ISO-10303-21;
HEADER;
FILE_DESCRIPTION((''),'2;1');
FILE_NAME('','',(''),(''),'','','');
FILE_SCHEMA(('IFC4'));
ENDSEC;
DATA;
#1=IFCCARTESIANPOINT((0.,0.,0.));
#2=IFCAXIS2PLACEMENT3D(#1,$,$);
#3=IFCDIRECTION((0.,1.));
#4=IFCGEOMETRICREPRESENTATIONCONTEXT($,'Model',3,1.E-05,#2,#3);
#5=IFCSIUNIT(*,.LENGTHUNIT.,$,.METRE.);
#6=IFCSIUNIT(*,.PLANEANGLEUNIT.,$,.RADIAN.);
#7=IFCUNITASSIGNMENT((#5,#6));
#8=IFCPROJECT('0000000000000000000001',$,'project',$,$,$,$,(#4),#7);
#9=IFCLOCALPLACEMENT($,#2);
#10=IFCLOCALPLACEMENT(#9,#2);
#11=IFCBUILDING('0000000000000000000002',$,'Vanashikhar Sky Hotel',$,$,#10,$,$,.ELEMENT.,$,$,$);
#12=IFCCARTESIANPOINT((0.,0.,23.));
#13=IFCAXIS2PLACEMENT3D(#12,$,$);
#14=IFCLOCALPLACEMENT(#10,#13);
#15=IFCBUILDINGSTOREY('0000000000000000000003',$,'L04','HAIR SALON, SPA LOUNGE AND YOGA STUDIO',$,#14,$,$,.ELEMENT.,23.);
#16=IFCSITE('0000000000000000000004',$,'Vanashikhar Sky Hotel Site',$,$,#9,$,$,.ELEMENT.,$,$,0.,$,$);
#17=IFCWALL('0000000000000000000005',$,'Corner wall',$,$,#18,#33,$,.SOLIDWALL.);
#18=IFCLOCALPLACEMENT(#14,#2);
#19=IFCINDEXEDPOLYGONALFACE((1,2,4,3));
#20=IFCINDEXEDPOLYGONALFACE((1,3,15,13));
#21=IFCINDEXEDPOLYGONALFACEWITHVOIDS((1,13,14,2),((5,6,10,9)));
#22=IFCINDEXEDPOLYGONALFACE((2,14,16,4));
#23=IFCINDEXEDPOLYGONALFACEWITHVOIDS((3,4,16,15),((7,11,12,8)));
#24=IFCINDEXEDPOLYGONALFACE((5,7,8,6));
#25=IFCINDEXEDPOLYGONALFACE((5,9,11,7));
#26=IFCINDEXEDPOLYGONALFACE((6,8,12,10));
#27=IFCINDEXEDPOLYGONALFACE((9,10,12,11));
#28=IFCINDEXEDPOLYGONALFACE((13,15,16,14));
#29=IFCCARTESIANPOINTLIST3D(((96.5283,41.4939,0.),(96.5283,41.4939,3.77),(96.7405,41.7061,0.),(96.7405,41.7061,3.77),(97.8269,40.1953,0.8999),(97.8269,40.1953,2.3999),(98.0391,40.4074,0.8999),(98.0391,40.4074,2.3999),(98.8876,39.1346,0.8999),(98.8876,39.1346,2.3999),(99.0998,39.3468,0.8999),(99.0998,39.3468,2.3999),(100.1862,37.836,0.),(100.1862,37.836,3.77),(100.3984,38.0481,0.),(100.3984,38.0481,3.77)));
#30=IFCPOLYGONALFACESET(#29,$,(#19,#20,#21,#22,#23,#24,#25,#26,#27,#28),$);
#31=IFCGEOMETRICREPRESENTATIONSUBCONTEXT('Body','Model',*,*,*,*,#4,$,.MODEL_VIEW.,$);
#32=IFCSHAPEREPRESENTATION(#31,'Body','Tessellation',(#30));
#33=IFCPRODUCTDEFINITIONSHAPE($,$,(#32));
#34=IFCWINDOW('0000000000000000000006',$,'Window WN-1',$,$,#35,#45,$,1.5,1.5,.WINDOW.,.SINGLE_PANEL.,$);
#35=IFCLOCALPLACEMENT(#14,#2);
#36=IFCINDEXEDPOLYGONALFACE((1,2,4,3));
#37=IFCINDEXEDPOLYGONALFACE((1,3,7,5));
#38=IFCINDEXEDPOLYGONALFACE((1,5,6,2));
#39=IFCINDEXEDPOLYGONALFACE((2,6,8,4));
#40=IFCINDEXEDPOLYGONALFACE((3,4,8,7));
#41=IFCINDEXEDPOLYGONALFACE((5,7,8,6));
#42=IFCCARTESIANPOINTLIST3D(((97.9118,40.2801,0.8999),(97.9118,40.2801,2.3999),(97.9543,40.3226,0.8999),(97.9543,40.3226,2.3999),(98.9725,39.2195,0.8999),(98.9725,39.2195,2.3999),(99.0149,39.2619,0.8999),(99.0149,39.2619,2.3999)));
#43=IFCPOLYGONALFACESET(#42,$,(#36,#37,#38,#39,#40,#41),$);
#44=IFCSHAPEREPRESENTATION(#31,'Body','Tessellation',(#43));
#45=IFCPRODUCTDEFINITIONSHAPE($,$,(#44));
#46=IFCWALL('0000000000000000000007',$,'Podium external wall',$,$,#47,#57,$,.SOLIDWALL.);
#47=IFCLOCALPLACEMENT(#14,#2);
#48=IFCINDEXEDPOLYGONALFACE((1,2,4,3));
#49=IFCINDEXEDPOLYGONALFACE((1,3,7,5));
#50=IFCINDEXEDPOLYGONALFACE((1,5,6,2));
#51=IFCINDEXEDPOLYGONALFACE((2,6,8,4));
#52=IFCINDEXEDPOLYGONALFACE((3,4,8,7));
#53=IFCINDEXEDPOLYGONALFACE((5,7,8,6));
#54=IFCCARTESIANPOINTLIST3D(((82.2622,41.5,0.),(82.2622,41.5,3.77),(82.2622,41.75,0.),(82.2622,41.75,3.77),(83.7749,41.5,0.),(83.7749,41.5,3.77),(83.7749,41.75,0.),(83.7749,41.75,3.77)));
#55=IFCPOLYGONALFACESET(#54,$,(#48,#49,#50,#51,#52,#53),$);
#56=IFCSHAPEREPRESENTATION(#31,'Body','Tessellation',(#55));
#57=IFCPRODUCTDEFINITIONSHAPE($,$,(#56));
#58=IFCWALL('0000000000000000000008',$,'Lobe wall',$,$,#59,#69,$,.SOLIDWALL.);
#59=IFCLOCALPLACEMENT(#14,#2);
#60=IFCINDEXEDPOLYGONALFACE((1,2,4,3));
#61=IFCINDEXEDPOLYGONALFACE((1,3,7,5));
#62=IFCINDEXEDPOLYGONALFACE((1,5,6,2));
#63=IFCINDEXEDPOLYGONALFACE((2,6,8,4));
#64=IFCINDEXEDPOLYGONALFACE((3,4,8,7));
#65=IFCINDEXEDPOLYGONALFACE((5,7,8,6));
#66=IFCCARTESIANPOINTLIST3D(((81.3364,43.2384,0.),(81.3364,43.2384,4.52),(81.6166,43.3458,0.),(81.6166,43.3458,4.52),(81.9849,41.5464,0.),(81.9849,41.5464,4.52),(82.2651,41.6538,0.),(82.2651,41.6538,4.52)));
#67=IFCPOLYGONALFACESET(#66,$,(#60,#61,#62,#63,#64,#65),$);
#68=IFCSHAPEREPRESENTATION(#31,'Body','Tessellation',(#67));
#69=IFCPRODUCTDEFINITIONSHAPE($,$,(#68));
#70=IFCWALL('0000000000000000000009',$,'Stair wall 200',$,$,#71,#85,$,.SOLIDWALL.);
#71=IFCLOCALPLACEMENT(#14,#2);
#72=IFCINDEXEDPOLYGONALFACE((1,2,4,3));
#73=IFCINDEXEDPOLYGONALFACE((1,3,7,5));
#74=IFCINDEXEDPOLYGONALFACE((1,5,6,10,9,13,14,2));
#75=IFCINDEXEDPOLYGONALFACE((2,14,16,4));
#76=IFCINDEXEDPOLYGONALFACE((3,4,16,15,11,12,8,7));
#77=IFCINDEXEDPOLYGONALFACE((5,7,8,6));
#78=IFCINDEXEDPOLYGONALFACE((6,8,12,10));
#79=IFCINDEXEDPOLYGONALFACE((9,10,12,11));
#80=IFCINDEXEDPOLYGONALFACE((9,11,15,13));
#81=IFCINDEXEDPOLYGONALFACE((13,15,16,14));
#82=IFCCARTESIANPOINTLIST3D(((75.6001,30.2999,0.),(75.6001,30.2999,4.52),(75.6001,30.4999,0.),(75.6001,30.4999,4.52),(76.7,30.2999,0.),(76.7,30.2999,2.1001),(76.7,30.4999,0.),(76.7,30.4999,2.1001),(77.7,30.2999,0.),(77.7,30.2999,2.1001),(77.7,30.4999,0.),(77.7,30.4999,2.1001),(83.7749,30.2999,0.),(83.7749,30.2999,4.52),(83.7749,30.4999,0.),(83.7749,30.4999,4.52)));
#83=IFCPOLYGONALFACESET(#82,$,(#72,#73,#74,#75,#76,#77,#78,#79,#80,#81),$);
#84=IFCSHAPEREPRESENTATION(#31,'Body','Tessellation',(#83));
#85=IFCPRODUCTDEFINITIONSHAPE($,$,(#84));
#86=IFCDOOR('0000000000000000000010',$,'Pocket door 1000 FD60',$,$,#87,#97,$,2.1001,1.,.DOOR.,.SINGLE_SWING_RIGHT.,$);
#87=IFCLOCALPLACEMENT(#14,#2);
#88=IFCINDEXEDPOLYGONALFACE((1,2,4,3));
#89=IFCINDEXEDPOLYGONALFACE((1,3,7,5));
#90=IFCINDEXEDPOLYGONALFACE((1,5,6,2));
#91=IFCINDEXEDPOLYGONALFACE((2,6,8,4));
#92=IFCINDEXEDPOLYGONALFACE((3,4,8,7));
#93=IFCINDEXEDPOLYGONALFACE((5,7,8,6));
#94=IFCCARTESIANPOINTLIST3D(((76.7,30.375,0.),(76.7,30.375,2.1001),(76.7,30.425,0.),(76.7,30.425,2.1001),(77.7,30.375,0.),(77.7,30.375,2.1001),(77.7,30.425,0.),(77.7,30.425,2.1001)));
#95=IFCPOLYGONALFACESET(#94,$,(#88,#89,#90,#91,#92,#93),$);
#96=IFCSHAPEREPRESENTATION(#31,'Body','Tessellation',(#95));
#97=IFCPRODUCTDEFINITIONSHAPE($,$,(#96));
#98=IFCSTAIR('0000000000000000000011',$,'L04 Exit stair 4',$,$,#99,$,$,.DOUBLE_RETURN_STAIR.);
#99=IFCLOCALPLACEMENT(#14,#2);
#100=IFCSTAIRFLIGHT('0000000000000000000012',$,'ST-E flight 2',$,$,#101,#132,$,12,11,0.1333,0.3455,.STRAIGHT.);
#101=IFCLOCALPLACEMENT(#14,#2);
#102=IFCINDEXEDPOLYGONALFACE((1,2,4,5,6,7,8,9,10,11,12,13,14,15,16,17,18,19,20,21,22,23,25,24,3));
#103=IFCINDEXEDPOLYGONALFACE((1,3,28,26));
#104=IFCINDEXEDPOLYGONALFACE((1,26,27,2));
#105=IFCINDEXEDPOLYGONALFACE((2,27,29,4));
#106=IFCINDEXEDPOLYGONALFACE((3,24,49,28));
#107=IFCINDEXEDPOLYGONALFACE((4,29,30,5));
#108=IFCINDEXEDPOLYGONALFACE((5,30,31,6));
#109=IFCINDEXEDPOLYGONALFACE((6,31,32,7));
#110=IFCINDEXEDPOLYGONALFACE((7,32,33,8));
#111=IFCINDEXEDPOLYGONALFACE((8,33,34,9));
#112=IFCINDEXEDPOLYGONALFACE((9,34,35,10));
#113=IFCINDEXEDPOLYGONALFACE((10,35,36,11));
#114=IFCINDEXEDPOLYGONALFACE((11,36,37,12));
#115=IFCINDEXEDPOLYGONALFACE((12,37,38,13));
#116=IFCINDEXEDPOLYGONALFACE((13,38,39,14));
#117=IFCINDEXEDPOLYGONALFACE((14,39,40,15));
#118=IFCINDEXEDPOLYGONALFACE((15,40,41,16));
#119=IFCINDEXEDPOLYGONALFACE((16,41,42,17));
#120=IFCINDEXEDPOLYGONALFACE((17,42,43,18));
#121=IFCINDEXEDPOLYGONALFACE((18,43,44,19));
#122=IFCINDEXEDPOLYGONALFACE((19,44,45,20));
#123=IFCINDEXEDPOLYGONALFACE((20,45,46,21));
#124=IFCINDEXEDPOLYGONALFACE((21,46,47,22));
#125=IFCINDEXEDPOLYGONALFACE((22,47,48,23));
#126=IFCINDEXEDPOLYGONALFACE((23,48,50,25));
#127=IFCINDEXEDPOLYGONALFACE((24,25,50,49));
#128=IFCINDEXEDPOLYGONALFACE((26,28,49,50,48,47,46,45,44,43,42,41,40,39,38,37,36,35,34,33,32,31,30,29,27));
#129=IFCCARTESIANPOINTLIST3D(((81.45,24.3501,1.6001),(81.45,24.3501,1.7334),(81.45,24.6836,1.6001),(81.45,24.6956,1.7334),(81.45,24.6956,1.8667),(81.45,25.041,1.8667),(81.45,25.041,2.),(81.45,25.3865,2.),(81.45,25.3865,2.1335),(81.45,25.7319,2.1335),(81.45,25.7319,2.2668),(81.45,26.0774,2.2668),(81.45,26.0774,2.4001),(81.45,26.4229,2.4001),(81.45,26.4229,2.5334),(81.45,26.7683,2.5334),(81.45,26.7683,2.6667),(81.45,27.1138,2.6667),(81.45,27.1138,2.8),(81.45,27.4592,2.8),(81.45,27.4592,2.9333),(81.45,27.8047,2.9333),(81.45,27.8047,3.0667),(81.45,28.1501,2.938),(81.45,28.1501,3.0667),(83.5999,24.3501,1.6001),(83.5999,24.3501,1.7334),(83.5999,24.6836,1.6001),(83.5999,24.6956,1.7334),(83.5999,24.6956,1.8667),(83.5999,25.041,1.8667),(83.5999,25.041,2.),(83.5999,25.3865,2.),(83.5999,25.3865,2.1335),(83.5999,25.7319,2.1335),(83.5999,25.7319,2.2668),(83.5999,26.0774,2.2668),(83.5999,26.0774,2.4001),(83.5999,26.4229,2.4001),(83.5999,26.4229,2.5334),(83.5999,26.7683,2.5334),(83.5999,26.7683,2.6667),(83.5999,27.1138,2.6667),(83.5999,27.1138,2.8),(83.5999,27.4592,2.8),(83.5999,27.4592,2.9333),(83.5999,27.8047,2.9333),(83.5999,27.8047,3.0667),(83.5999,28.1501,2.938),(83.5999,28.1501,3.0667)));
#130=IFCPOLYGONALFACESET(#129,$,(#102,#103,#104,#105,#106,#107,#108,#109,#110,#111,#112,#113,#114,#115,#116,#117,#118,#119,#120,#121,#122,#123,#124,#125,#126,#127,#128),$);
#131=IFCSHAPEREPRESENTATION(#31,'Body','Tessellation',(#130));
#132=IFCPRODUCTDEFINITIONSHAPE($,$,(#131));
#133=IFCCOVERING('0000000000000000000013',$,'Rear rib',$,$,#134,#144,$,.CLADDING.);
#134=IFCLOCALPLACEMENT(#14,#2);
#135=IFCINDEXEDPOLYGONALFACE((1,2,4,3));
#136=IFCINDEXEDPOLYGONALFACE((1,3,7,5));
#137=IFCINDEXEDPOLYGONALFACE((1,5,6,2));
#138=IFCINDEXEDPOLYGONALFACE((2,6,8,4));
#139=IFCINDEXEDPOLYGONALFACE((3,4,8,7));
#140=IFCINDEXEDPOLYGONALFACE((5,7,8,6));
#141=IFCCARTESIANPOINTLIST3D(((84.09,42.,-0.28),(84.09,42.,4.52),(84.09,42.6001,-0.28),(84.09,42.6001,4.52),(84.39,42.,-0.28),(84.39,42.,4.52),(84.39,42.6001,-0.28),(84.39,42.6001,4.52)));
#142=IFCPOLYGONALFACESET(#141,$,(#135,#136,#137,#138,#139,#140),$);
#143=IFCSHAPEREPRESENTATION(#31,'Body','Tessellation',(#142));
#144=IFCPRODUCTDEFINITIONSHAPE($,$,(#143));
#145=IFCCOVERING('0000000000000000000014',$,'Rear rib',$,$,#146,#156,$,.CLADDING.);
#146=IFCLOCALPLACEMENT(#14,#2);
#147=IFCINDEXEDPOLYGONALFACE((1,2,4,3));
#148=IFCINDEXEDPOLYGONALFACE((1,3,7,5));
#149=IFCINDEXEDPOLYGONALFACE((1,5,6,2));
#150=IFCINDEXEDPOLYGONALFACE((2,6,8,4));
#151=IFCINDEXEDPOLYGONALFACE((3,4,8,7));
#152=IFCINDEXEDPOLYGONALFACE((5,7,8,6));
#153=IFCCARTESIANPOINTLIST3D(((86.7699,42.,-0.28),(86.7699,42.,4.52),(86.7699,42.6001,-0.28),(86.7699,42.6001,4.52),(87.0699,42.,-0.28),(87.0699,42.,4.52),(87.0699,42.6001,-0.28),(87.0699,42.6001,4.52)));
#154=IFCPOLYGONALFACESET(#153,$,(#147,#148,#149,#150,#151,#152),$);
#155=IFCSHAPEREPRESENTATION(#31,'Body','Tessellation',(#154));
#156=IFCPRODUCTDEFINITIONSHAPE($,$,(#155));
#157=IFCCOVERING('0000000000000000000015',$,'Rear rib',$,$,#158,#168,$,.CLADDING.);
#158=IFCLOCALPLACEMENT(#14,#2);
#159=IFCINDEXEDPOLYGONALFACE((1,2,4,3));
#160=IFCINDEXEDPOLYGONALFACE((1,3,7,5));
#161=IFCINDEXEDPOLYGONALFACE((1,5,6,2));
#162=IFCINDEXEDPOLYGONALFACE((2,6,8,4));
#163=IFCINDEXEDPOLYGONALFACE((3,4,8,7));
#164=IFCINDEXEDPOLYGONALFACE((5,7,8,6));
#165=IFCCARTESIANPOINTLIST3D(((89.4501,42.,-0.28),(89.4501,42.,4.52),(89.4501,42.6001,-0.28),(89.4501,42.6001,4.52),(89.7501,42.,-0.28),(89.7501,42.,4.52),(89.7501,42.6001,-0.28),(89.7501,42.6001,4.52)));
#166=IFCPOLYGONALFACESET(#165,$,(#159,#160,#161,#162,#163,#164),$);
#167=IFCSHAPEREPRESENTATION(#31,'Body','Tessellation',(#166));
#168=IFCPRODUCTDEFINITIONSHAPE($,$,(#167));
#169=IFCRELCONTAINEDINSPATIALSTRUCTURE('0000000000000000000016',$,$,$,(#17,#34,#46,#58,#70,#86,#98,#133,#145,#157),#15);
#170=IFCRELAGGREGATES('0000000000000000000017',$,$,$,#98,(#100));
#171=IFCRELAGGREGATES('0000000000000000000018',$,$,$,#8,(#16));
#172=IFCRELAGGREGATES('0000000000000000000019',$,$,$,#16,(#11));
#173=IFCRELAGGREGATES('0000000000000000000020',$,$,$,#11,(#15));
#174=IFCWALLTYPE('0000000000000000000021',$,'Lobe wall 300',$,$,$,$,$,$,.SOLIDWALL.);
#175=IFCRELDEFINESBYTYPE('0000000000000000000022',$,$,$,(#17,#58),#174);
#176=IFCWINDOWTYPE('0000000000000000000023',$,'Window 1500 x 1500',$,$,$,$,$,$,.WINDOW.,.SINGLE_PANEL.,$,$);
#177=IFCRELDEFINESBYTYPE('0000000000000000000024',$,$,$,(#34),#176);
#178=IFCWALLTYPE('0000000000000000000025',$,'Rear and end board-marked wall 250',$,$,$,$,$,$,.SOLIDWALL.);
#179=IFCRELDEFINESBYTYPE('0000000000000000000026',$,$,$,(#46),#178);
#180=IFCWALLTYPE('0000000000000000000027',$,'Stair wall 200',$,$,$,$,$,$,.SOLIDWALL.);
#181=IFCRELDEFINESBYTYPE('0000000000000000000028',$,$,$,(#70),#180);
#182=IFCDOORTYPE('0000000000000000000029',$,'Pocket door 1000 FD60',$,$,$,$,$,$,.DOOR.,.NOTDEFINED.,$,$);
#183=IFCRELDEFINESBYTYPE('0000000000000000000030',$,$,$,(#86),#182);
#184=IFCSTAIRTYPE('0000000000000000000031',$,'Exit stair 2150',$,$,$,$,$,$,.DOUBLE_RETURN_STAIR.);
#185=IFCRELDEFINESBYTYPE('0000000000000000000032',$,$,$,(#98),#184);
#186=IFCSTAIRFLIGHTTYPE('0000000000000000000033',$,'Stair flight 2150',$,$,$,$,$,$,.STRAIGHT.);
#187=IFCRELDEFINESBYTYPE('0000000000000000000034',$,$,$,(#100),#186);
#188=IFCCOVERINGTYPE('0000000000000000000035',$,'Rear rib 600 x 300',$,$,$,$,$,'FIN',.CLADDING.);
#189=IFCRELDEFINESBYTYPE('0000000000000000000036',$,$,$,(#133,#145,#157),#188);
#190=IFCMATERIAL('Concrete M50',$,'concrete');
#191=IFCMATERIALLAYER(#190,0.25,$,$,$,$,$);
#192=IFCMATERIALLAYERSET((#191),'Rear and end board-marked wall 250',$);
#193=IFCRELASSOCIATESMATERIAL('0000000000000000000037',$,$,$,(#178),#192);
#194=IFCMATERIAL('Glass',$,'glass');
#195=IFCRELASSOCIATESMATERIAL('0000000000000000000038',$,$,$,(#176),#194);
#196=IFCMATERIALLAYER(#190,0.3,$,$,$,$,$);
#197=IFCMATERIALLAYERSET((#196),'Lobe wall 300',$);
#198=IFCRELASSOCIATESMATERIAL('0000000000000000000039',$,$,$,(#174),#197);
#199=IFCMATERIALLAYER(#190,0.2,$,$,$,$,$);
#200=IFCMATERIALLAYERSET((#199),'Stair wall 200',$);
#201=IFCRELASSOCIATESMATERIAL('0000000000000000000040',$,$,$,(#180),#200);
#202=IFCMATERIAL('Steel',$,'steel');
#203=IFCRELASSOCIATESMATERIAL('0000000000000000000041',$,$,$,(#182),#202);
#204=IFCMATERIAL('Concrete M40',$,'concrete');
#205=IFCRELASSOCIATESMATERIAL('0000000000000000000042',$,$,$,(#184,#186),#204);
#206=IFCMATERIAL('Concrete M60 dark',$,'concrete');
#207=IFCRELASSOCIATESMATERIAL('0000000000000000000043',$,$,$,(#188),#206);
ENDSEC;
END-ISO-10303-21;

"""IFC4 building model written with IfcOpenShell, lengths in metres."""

from ifc_helpers import new_model, si_unit, direction, frame, frame_2d, origin, origin_2d, place, context, subcontext, project, spatial, polyline, rectangle, outline, extrude, source, transform, mapped, material, layer, layer_set, material_profile, profile_set, type_object, element, fill, aggregate, save


model = new_model("IFC4")

# Units and contexts
model_context = context("Model", 3, precision=1e-05, world=origin(), true_north=direction((0.0, 1.0)))
body_context = subcontext(model_context, "Body", "Model", "MODEL_VIEW")
ifc_project = project(units=[si_unit("LENGTHUNIT", "METRE"), si_unit("PLANEANGLEUNIT", "RADIAN")], contexts=[model_context])

# Site, building, storey
site_placement = place(None, origin())
site = spatial("IfcSite", under=ifc_project, at=site_placement, Name="Vanashikhar Sky Hotel Site", CompositionType="ELEMENT", RefElevation=0.0)
building_placement = place(site_placement, origin())
building = spatial("IfcBuilding", under=site, at=building_placement, Name="Vanashikhar Sky Hotel", CompositionType="ELEMENT")
storey_placement = place(building_placement, frame((0.0, 0.0, 23.0)))
storey = spatial("IfcBuildingStorey", under=building, at=storey_placement, Name="L04", Description="HAIR SALON, SPA LOUNGE AND YOGA STUDIO", CompositionType="ELEMENT", Elevation=23.0)

# Shared definitions
ifc_material_1 = material(Name="Concrete M50", Category="concrete")

# Wall, opening, window
ifc_layer_1 = layer(ifc_material_1, 0.25)
ifc_layer_set_1 = layer_set([ifc_layer_1], Name="Rear and end board-marked wall 250")
wall_type_1 = type_object("IfcWallType", Name="Rear and end board-marked wall 250", PredefinedType="SOLIDWALL", material=ifc_layer_set_1)
ifc_material_2 = material(Name="Glass", Category="glass")
window_type = type_object("IfcWindowType", Name="Window 1500 x 1500", PartitioningType="SINGLE_PANEL", PredefinedType="WINDOW", material=ifc_material_2)
shared_shape_1 = source(origin(), body_context, "Body", "SweptSolid", [
    extrude(rectangle(XDim=1.5, YDim=1.5, at=frame_2d((0.75, 0.75))), frame((0.0, 0.03, 0.0), z_axis=(0.0, -1.0, 0.0), x_axis=(1.0, 0.0, 0.0)), (0.0, 0.0, 1.0), 0.0601),
])
ifc_layer_2 = layer(ifc_material_1, 0.3)
ifc_layer_set_2 = layer_set([ifc_layer_2], Name="Lobe wall 300")
wall_type_2 = type_object("IfcWallType", Name="Lobe wall 300", PredefinedType="SOLIDWALL", material=ifc_layer_set_2)
shared_shape_2 = source(origin(), body_context, "Body", "SweptSolid", [
    extrude(rectangle(XDim=5.1731, YDim=0.3, at=frame_2d((2.5864, 0.0))), origin(), (0.0, 0.0, 1.0), 3.77),
])
wall_1_placement = place(storey_placement, frame((100.2922, 37.9421, 0.0), z_axis=(0.0, 0.0, 1.0), x_axis=(-0.707107, 0.707107, 0.0)))
wall_1 = element("IfcWall", 1, at=wall_1_placement, inside=storey, type_object=wall_type_2, Name="Corner wall", PredefinedType="SOLIDWALL", context=body_context, shape_type="MappedRepresentation", body=[
    mapped(shared_shape_2, transform((0.0, 0.0, 0.0), scale=1.0)),
])
shared_shape_3 = source(origin(), body_context, "Body", "SweptSolid", [
    extrude(rectangle(XDim=1.5, YDim=1.5, at=frame_2d((0.75, 0.75))), frame((0.0, 0.1602, 0.0), z_axis=(0.0, -1.0, 0.0), x_axis=(1.0, 0.0, 0.0)), (0.0, 0.0, 1.0), 0.3201),
])
opening_1_placement = place(wall_1_placement, frame((1.8364, 0.0, 0.8999)))
opening_1 = element("IfcOpeningElement", 2, at=opening_1_placement, cuts=wall_1, PredefinedType="OPENING", context=body_context, shape_type="MappedRepresentation", body=[
    mapped(shared_shape_3, transform((0.0, 0.0, 0.0), scale=1.0)),
])
window_1_placement = place(opening_1_placement, origin())
window_1 = element("IfcWindow", 3, at=window_1_placement, inside=storey, type_object=window_type, Name="Window WN-1", OverallHeight=1.5, OverallWidth=1.5, PartitioningType="SINGLE_PANEL", PredefinedType="WINDOW", context=body_context, shape_type="MappedRepresentation", body=[
    mapped(shared_shape_1, transform((0.0, 0.0, 0.0), scale=1.0)),
])
fill(opening_1, window_1)

# Walls
shared_shape_4 = source(origin(), body_context, "Body", "SweptSolid", [
    extrude(rectangle(XDim=1.5127, YDim=0.25, at=frame_2d((0.7563, 0.0))), origin(), (0.0, 0.0, 1.0), 3.77),
])
wall_2_placement = place(storey_placement, frame((83.7749, 41.625, 0.0), z_axis=(0.0, 0.0, 1.0), x_axis=(-1.0, 0.0, 0.0)))
element("IfcWall", 4, at=wall_2_placement, inside=storey, type_object=wall_type_1, Name="Podium external wall", PredefinedType="SOLIDWALL", context=body_context, shape_type="MappedRepresentation", body=[
    mapped(shared_shape_4, transform((0.0, 0.0, 0.0), scale=1.0)),
])
shared_shape_5 = source(origin(), body_context, "Body", "SweptSolid", [
    extrude(rectangle(XDim=1.812, YDim=0.3, at=frame_2d((0.906, 0.0))), origin(), (0.0, 0.0, 1.0), 4.52),
])
wall_3_placement = place(storey_placement, frame((82.125, 41.6001, 0.0), z_axis=(0.0, 0.0, 1.0), x_axis=(-0.357877, 0.933769, 0.0)))
element("IfcWall", 5, at=wall_3_placement, inside=storey, type_object=wall_type_2, Name="Lobe wall", PredefinedType="SOLIDWALL", context=body_context, shape_type="MappedRepresentation", body=[
    mapped(shared_shape_5, transform((0.0, 0.0, 0.0), scale=1.0)),
])

# Wall, opening, door
ifc_layer_3 = layer(ifc_material_1, 0.2)
ifc_layer_set_3 = layer_set([ifc_layer_3], Name="Stair wall 200")
wall_type_3 = type_object("IfcWallType", Name="Stair wall 200", PredefinedType="SOLIDWALL", material=ifc_layer_set_3)
shared_shape_6 = source(origin(), body_context, "Body", "SweptSolid", [
    extrude(rectangle(XDim=8.1748, YDim=0.2, at=frame_2d((4.0874, 0.0))), origin(), (0.0, 0.0, 1.0), 4.52),
])
wall_4_placement = place(storey_placement, frame((83.7749, 30.3999, 0.0), z_axis=(0.0, 0.0, 1.0), x_axis=(-1.0, 0.0, 0.0)))
wall_4 = element("IfcWall", 6, at=wall_4_placement, inside=storey, type_object=wall_type_3, Name="Stair wall 200", PredefinedType="SOLIDWALL", context=body_context, shape_type="MappedRepresentation", body=[
    mapped(shared_shape_6, transform((0.0, 0.0, 0.0), scale=1.0)),
])
shared_shape_7 = source(origin(), body_context, "Body", "SweptSolid", [
    extrude(rectangle(XDim=1.0, YDim=2.1001, at=frame_2d((0.5, 1.05))), frame((0.0, 0.1099, 0.0), z_axis=(0.0, -1.0, 0.0), x_axis=(1.0, 0.0, 0.0)), (0.0, 0.0, 1.0), 0.22),
])
opening_2_placement = place(wall_4_placement, frame((6.075, 0.0, 0.0)))
opening_2 = element("IfcOpeningElement", 7, at=opening_2_placement, cuts=wall_4, PredefinedType="OPENING", context=body_context, shape_type="MappedRepresentation", body=[
    mapped(shared_shape_7, transform((0.0, 0.0, 0.0), scale=1.0)),
])
ifc_material_3 = material(Name="Steel", Category="steel")
door_type = type_object("IfcDoorType", Name="Pocket door 1000 FD60", OperationType="NOTDEFINED", PredefinedType="DOOR", material=ifc_material_3)
shared_shape_8 = source(origin(), body_context, "Body", "SweptSolid", [
    extrude(rectangle(XDim=1.0, YDim=2.1001, at=frame_2d((0.5, 1.05))), frame((0.0, 0.0249, 0.0), z_axis=(0.0, -1.0, 0.0), x_axis=(1.0, 0.0, 0.0)), (0.0, 0.0, 1.0), 0.05),
])
door_placement = place(opening_2_placement, origin())
door = element("IfcDoor", 8, at=door_placement, inside=storey, type_object=door_type, Name="Pocket door 1000 FD60", OperationType="SINGLE_SWING_RIGHT", OverallHeight=2.1001, OverallWidth=1.0, PredefinedType="DOOR", context=body_context, shape_type="MappedRepresentation", body=[
    mapped(shared_shape_8, transform((0.0, 0.0, 0.0), scale=1.0)),
])
fill(opening_2, door)

# Stair, stair flight
ifc_material_4 = material(Name="Concrete M40", Category="concrete")
stair_type = type_object("IfcStairType", Name="Exit stair 2150", PredefinedType="DOUBLE_RETURN_STAIR", material=ifc_material_4)
stair_placement = place(storey_placement, origin())
stair = element("IfcStair", 9, at=stair_placement, inside=storey, type_object=stair_type, Name="L04 Exit stair 4", PredefinedType="DOUBLE_RETURN_STAIR")
stair_flight_type = type_object("IfcStairFlightType", Name="Stair flight 2150", PredefinedType="STRAIGHT", material=ifc_material_4)
shared_shape_9 = source(origin(), body_context, "Body", "SweptSolid", [
    extrude(outline(polyline([(0.0, 0.0), (0.0, 0.1333), (0.3455, 0.1333), (0.3455, 0.2666), (0.6909, 0.2666), (0.6909, 0.3999), (1.0364, 0.3999), (1.0364, 0.5334), (1.3818, 0.5334), (1.3818, 0.6667), (1.7273, 0.6667), (1.7273, 0.8), (2.0728, 0.8), (2.0728, 0.9333), (2.4182, 0.9333), (2.4182, 1.0667), (2.7637, 1.0667), (2.7637, 1.2), (3.1091, 1.2), (3.1091, 1.3333), (3.4546, 1.3333), (3.4546, 1.4666), (3.8, 1.4666), (3.8, 1.6001), (3.8, 1.3379), (0.3335, 0.0), (0.0, 0.0)])), frame((0.0, 1.075, 0.0), z_axis=(0.0, -1.0, 0.0), x_axis=(1.0, 0.0, 0.0)), (0.0, 0.0, 1.0), 2.1499),
])
stair_flight_placement = place(storey_placement, frame((82.5249, 24.3501, 1.6001), z_axis=(0.0, 0.0, 1.0), x_axis=(0.0, 1.0, 0.0)))
stair_flight = element("IfcStairFlight", 10, at=stair_flight_placement, type_object=stair_flight_type, Name="ST-E flight 2", NumberOfRisers=12, NumberOfTreads=11, PredefinedType="STRAIGHT", RiserHeight=0.1333, TreadLength=0.3455, context=body_context, shape_type="MappedRepresentation", body=[
    mapped(shared_shape_9, transform((0.0, 0.0, 0.0), scale=1.0)),
])
aggregate(stair, [stair_flight])

# Coverings
ifc_material_5 = material(Name="Concrete M60 dark", Category="concrete")
ifc_material_profile_1 = material_profile(ifc_material_5, rectangle(XDim=0.6001, YDim=0.3, at=origin_2d()))
ifc_profile_set_1 = profile_set([ifc_material_profile_1], Name="Rear rib 600 x 300")
covering_type = type_object("IfcCoveringType", Name="Rear rib 600 x 300", ElementType="FIN", PredefinedType="CLADDING", material=ifc_profile_set_1)
shared_shape_10 = source(origin(), body_context, "Body", "SweptSolid", [
    extrude(rectangle(XDim=0.6001, YDim=0.3, at=origin_2d()), origin(), (0.0, 0.0, 1.0), 4.8),
])
for number, where, z_axis, x_axis, name in (
    (11, (84.24, 42.3, -0.28), (0.0, 0.0, 1.0), (0.0, 1.0, 0.0), "Rear rib"),
    (12, (86.9199, 42.3, -0.28), (0.0, 0.0, 1.0), (0.0, 1.0, 0.0), "Rear rib"),
    (13, (89.6001, 42.3, -0.28), (0.0, 0.0, 1.0), (0.0, 1.0, 0.0), "Rear rib"),
):
    element("IfcCovering", number, at=place(storey_placement, frame(where, z_axis=z_axis, x_axis=x_axis)), inside=storey, type_object=covering_type, Name=name, PredefinedType="CLADDING", context=body_context, shape_type="MappedRepresentation", body=[
        mapped(shared_shape_10, transform((0.0, 0.0, 0.0), scale=1.0)),
    ])

save(model, "model.ifc")
